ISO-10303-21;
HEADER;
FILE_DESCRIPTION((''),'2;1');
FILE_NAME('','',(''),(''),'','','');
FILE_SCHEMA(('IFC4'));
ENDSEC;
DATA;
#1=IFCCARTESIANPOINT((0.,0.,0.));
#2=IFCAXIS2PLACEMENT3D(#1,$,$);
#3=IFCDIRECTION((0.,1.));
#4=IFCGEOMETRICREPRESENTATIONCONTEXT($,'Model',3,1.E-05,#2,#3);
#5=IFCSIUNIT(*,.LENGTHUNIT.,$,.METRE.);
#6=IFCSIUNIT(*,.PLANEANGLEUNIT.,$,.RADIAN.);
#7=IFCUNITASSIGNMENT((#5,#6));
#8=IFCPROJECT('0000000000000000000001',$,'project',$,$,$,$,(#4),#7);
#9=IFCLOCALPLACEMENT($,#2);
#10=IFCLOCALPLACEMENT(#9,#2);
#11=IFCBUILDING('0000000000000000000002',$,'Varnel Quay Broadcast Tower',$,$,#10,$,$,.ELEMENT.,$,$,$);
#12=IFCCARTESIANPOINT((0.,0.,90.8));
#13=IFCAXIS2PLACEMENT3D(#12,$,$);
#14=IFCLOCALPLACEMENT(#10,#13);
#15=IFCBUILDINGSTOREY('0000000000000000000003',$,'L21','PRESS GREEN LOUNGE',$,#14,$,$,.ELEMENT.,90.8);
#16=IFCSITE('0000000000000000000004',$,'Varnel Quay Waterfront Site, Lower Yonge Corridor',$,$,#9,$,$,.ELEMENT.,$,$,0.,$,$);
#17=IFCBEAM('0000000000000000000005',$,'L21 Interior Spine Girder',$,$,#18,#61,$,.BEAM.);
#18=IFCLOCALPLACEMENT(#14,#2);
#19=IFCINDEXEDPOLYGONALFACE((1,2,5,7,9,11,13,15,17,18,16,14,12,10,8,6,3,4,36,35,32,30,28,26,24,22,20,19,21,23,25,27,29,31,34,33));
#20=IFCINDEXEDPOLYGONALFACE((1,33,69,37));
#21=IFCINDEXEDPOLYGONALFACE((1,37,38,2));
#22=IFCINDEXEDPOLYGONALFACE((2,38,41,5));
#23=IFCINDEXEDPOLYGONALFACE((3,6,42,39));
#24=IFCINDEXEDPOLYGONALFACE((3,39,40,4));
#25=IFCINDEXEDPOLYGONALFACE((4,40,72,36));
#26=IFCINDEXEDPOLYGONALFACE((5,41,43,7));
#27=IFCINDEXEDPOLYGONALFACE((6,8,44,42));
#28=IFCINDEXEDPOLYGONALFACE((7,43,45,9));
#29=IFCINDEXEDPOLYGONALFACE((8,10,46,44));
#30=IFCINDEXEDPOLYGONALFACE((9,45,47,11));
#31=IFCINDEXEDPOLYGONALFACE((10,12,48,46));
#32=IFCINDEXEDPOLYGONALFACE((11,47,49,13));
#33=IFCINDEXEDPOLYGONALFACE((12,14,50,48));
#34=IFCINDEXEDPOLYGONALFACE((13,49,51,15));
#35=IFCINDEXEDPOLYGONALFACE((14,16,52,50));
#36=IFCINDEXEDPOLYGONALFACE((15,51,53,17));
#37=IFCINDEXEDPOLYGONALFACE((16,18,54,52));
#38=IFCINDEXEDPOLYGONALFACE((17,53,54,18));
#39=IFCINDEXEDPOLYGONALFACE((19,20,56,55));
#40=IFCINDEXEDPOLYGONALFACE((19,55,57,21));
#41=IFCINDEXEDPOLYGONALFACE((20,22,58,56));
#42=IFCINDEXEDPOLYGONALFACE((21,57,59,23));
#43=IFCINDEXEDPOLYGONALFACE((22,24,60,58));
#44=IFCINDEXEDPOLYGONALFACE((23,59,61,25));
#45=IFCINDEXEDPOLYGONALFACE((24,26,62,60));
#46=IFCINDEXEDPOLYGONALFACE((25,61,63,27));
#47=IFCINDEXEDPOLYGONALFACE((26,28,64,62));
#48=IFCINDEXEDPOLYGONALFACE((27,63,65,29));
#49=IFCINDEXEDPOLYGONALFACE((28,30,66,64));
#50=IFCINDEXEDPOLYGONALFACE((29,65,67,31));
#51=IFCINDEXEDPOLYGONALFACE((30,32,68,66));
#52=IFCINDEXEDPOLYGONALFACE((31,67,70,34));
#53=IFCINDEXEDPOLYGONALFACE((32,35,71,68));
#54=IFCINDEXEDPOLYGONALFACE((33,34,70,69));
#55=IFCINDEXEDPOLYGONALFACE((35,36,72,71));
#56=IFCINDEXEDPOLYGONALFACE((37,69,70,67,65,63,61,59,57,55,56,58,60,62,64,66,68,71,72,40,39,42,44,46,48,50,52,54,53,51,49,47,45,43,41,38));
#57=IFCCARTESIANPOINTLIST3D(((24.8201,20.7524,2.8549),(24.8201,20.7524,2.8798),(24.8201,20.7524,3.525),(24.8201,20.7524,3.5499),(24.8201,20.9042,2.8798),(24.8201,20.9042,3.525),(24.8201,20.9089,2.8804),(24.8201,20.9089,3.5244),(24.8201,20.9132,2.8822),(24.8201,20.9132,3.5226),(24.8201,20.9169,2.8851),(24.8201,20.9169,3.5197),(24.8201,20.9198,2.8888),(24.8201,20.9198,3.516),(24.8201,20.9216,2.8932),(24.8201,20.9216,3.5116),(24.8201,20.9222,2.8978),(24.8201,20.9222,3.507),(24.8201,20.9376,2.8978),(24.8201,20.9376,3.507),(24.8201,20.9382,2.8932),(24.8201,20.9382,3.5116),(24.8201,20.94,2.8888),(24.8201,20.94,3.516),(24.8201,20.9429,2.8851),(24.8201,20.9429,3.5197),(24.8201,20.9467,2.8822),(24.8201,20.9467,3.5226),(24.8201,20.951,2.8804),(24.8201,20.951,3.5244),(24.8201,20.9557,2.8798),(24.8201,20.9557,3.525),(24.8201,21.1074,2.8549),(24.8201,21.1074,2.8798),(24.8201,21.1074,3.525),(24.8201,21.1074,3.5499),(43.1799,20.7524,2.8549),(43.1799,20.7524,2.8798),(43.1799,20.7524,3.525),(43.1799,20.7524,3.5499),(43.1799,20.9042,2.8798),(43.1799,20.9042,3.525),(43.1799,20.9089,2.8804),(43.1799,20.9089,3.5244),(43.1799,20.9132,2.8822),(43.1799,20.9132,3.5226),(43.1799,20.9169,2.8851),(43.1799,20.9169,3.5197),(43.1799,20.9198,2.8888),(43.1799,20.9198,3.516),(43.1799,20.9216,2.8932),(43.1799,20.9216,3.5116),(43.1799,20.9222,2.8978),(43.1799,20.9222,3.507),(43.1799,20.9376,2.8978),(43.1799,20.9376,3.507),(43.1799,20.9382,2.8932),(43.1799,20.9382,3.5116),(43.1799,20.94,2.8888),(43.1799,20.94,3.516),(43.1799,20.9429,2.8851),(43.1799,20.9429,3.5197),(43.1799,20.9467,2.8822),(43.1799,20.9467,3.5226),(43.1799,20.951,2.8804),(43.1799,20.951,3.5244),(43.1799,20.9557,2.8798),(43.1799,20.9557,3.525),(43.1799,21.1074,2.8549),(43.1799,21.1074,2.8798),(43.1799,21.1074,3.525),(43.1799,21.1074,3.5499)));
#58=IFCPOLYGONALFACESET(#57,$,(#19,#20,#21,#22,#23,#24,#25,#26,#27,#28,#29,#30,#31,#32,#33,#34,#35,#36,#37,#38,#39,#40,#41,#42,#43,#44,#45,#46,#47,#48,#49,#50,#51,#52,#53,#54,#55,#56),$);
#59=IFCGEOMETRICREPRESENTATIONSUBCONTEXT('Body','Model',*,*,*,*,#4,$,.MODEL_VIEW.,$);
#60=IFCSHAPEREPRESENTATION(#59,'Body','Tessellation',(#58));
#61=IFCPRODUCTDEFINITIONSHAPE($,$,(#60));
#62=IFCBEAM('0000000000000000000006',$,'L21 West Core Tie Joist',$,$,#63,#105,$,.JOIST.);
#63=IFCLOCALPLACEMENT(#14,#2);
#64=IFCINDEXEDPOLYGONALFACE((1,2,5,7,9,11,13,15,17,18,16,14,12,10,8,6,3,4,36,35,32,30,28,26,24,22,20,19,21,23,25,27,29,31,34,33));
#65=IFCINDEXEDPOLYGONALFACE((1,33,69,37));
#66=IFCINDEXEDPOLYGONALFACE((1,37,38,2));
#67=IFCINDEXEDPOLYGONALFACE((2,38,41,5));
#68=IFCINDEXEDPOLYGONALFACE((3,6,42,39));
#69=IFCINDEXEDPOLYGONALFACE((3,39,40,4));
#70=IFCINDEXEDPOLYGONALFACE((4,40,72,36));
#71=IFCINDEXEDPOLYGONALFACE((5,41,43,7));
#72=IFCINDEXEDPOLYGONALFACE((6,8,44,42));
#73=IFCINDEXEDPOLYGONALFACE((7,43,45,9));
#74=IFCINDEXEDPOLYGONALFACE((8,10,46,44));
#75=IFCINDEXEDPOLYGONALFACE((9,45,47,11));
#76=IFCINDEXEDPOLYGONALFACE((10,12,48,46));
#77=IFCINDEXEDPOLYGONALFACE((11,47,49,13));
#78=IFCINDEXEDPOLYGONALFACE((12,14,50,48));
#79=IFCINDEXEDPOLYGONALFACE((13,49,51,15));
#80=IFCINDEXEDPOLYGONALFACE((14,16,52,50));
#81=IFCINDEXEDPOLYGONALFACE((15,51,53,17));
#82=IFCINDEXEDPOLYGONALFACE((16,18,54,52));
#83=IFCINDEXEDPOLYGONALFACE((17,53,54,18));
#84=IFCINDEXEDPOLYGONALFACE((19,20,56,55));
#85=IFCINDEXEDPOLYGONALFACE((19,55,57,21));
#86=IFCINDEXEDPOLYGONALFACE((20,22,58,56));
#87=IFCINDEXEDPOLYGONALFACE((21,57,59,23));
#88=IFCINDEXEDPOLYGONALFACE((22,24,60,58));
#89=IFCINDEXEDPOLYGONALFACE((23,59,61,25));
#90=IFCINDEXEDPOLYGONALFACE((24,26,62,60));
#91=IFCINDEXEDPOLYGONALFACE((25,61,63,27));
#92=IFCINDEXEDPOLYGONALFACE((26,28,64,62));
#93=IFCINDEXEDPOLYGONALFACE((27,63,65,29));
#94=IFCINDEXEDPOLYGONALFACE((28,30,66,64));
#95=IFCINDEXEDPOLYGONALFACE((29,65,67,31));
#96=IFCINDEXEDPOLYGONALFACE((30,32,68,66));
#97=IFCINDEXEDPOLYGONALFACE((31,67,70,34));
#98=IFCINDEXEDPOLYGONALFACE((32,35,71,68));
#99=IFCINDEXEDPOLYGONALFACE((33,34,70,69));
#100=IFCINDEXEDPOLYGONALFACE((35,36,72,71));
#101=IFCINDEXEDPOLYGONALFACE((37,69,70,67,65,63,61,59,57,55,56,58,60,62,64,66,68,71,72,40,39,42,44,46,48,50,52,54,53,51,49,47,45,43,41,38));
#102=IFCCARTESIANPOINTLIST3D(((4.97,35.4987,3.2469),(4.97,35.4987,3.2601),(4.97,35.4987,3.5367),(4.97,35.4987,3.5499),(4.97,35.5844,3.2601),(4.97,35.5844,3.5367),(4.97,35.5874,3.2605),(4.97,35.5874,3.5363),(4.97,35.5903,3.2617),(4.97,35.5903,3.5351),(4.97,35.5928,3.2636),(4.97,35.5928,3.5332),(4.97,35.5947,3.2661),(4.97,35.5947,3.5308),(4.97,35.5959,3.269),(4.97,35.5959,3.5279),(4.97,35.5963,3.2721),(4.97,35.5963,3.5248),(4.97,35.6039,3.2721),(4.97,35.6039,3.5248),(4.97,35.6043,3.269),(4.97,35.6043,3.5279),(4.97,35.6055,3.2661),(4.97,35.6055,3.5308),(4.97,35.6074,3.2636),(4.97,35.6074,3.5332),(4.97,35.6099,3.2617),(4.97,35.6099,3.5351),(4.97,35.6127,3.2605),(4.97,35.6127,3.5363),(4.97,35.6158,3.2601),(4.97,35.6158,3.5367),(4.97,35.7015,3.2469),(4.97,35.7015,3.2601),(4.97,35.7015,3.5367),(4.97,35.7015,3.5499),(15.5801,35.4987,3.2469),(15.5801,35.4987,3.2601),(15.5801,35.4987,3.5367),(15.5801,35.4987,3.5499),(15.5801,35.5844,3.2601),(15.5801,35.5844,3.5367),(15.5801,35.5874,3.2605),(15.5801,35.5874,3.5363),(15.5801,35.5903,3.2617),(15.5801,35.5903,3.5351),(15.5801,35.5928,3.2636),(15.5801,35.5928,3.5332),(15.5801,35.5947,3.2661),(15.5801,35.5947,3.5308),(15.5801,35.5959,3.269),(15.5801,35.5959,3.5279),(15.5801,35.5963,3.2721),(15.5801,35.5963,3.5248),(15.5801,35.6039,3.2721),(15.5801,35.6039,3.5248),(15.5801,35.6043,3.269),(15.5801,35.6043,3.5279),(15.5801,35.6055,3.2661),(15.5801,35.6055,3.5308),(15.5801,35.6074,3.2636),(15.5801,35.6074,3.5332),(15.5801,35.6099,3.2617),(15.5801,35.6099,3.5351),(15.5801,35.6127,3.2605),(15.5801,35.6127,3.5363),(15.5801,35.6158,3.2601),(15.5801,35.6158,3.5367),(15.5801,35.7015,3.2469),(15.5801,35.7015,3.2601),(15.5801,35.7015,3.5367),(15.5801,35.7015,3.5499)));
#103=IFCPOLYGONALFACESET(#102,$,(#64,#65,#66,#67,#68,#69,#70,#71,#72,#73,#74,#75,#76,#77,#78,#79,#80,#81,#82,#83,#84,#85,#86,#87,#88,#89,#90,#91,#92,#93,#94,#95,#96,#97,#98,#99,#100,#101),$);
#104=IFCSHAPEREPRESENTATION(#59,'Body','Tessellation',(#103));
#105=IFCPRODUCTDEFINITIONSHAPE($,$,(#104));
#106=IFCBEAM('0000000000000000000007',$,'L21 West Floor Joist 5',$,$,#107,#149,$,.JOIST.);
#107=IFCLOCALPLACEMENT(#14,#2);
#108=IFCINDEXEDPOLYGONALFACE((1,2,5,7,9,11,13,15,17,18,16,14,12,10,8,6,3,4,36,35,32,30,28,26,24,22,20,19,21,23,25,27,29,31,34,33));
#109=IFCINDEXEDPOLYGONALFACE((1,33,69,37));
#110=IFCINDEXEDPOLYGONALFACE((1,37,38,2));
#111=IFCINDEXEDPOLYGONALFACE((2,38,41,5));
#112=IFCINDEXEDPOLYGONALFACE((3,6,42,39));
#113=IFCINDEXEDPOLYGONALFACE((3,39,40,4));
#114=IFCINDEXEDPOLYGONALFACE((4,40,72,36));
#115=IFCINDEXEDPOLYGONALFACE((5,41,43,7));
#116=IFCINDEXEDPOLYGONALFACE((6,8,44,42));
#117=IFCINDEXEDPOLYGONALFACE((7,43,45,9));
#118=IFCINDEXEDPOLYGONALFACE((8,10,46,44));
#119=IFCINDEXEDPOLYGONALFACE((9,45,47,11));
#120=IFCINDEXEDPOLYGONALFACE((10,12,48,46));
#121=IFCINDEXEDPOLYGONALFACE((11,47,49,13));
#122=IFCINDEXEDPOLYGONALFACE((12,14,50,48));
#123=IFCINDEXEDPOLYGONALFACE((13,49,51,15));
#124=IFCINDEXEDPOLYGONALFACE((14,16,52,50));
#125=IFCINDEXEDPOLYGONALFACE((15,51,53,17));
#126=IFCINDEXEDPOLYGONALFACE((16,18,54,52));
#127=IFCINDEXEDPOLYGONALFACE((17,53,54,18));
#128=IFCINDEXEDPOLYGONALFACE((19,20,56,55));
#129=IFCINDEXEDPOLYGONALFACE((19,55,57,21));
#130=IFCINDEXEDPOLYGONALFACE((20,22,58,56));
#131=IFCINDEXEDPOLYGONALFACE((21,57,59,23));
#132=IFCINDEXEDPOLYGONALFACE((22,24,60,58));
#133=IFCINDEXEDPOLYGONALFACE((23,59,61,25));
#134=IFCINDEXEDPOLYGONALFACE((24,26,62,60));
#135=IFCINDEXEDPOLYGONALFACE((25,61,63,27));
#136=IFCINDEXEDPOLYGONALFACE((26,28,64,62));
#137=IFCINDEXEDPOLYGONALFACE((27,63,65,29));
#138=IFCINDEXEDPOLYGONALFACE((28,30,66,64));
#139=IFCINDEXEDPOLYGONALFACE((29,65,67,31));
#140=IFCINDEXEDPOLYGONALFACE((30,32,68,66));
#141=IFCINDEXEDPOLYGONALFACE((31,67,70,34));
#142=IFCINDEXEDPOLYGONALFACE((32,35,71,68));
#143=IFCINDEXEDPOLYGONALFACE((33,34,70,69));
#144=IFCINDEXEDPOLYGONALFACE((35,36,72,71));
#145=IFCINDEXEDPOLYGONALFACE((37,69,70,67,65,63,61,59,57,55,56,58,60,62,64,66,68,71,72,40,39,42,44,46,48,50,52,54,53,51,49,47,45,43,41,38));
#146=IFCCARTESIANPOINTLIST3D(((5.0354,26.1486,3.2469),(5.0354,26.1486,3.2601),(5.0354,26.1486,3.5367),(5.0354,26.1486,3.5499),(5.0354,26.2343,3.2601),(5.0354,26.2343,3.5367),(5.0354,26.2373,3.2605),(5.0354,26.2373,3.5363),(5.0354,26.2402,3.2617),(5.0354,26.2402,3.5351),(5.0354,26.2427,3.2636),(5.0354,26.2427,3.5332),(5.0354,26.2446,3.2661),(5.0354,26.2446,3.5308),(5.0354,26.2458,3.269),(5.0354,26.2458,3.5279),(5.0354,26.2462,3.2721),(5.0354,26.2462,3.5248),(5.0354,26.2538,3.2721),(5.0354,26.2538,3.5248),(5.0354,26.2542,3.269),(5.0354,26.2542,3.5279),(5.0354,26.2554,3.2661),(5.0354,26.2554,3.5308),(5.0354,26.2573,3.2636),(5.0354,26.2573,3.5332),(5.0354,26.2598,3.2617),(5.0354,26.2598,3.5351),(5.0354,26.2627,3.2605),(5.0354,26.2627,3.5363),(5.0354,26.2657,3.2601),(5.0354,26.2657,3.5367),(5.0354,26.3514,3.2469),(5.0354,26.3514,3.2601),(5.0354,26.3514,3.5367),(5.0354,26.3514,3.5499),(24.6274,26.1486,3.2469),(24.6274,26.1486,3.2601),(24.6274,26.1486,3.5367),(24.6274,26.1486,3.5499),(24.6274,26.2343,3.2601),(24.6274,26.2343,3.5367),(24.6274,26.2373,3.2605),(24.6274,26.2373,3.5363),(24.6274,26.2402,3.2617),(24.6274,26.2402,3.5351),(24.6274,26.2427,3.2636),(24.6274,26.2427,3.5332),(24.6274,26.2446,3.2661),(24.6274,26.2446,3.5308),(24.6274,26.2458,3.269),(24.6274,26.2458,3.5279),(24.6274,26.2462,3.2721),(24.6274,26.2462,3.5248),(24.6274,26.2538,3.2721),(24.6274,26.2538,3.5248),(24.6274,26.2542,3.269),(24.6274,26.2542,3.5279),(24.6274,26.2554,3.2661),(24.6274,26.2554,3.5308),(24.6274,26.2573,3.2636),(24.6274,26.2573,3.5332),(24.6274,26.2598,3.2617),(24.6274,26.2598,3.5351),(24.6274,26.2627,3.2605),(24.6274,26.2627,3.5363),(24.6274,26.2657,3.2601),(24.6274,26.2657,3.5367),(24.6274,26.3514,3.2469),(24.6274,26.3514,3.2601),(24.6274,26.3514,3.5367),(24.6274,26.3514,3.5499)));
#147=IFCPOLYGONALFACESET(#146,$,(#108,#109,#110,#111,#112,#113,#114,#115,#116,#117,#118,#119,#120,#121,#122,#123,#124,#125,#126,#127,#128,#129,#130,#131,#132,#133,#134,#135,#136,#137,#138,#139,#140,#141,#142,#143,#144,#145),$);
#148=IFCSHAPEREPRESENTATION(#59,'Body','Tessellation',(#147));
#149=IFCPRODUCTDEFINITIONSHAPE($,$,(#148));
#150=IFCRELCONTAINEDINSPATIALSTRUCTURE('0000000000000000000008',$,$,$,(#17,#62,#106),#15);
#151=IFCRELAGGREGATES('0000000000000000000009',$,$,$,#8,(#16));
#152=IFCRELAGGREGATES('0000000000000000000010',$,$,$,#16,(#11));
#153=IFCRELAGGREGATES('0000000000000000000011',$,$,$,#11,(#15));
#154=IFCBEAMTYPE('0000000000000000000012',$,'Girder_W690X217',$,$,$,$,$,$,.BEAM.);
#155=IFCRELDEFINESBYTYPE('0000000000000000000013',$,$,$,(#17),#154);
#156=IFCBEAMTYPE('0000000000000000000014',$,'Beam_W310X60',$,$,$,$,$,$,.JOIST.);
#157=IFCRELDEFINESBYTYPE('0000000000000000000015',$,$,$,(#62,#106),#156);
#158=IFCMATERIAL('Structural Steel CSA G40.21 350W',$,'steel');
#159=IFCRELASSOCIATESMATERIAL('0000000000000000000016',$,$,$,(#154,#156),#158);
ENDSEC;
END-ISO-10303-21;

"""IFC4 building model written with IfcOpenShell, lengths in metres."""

from ifc_helpers import new_model, si_unit, direction, frame, origin, origin_2d, place, context, subcontext, project, spatial, i_section, extrude, source, transform, mapped, material, material_profile, profile_set, type_object, element, save


model = new_model("IFC4")

# Units and contexts
model_context = context("Model", 3, precision=1e-05, world=origin(), true_north=direction((0.0, 1.0)))
body_context = subcontext(model_context, "Body", "Model", "MODEL_VIEW")
ifc_project = project(units=[si_unit("LENGTHUNIT", "METRE"), si_unit("PLANEANGLEUNIT", "RADIAN")], contexts=[model_context])

# Site, building, storey
site_placement = place(None, origin())
site = spatial("IfcSite", under=ifc_project, at=site_placement, Name="Varnel Quay Waterfront Site, Lower Yonge Corridor", CompositionType="ELEMENT", RefElevation=0.0)
building_placement = place(site_placement, origin())
building = spatial("IfcBuilding", under=site, at=building_placement, Name="Varnel Quay Broadcast Tower", CompositionType="ELEMENT")
storey_placement = place(building_placement, frame((0.0, 0.0, 90.8)))
storey = spatial("IfcBuildingStorey", under=building, at=storey_placement, Name="L21", Description="PRESS GREEN LOUNGE", CompositionType="ELEMENT", Elevation=90.8)

# Shared definitions
ifc_material_1 = material(Name="Structural Steel CSA G40.21 350W", Category="steel")

# Beams
ifc_material_profile_1 = material_profile(ifc_material_1, i_section(OverallWidth=0.355, OverallDepth=0.6951, WebThickness=0.0154, FlangeThickness=0.0249, FilletRadius=0.0181, at=origin_2d()), Name="W690X217")
ifc_profile_set_1 = profile_set([ifc_material_profile_1], Name="Structural Steel CSA G40.21 350W")
beam_type_1 = type_object("IfcBeamType", Name="Girder_W690X217", PredefinedType="BEAM", material=ifc_profile_set_1)
shared_shape_1 = source(origin(), body_context, "Body", "SweptSolid", [
    extrude(i_section(OverallWidth=0.355, OverallDepth=0.6951, WebThickness=0.0154, FlangeThickness=0.0249, FilletRadius=0.0181, at=origin_2d()), origin(), (0.0, 0.0, 1.0), 18.3599),
])
beam_1_placement = place(storey_placement, frame((24.8201, 20.9299, 3.2024), z_axis=(1.0, 0.0, 0.0), x_axis=(0.0, 1.0, 0.0)))
element("IfcBeam", 1, at=beam_1_placement, inside=storey, type_object=beam_type_1, Name="L21 Interior Spine Girder", PredefinedType="BEAM", context=body_context, shape_type="MappedRepresentation", body=[
    mapped(shared_shape_1, transform((0.0, 0.0, 0.0), x_axis=(1.0, 0.0, 0.0), y_axis=(0.0, 1.0, 0.0), z_axis=(0.0, 0.0, 1.0), scale=1.0)),
])
ifc_material_profile_2 = material_profile(ifc_material_1, i_section(OverallWidth=0.2029, OverallDepth=0.303, WebThickness=0.0076, FlangeThickness=0.0132, FilletRadius=0.012, at=origin_2d()), Name="W310X60")
ifc_profile_set_2 = profile_set([ifc_material_profile_2], Name="Structural Steel CSA G40.21 350W")
beam_type_2 = type_object("IfcBeamType", Name="Beam_W310X60", PredefinedType="JOIST", material=ifc_profile_set_2)
shared_shape_2 = source(origin(), body_context, "Body", "SweptSolid", [
    extrude(i_section(OverallWidth=0.2029, OverallDepth=0.303, WebThickness=0.0076, FlangeThickness=0.0132, FilletRadius=0.012, at=origin_2d()), origin(), (0.0, 0.0, 1.0), 10.6101),
])
beam_2_placement = place(storey_placement, frame((4.97, 35.6001, 3.3984), z_axis=(1.0, 0.0, 0.0), x_axis=(0.0, 1.0, 0.0)))
element("IfcBeam", 2, at=beam_2_placement, inside=storey, type_object=beam_type_2, Name="L21 West Core Tie Joist", PredefinedType="JOIST", context=body_context, shape_type="MappedRepresentation", body=[
    mapped(shared_shape_2, transform((0.0, 0.0, 0.0), x_axis=(1.0, 0.0, 0.0), y_axis=(0.0, 1.0, 0.0), z_axis=(0.0, 0.0, 1.0), scale=1.0)),
])
shared_shape_3 = source(origin(), body_context, "Body", "SweptSolid", [
    extrude(i_section(OverallWidth=0.2029, OverallDepth=0.303, WebThickness=0.0076, FlangeThickness=0.0132, FilletRadius=0.012, at=origin_2d()), origin(), (0.0, 0.0, 1.0), 19.592),
])
beam_3_placement = place(storey_placement, frame((5.0354, 26.25, 3.3984), z_axis=(1.0, 0.0, 0.0), x_axis=(0.0, 1.0, 0.0)))
element("IfcBeam", 3, at=beam_3_placement, inside=storey, type_object=beam_type_2, Name="L21 West Floor Joist 5", PredefinedType="JOIST", context=body_context, shape_type="MappedRepresentation", body=[
    mapped(shared_shape_3, transform((0.0, 0.0, 0.0), x_axis=(1.0, 0.0, 0.0), y_axis=(0.0, 1.0, 0.0), z_axis=(0.0, 0.0, 1.0), scale=1.0)),
])

save(model, "model.ifc")
